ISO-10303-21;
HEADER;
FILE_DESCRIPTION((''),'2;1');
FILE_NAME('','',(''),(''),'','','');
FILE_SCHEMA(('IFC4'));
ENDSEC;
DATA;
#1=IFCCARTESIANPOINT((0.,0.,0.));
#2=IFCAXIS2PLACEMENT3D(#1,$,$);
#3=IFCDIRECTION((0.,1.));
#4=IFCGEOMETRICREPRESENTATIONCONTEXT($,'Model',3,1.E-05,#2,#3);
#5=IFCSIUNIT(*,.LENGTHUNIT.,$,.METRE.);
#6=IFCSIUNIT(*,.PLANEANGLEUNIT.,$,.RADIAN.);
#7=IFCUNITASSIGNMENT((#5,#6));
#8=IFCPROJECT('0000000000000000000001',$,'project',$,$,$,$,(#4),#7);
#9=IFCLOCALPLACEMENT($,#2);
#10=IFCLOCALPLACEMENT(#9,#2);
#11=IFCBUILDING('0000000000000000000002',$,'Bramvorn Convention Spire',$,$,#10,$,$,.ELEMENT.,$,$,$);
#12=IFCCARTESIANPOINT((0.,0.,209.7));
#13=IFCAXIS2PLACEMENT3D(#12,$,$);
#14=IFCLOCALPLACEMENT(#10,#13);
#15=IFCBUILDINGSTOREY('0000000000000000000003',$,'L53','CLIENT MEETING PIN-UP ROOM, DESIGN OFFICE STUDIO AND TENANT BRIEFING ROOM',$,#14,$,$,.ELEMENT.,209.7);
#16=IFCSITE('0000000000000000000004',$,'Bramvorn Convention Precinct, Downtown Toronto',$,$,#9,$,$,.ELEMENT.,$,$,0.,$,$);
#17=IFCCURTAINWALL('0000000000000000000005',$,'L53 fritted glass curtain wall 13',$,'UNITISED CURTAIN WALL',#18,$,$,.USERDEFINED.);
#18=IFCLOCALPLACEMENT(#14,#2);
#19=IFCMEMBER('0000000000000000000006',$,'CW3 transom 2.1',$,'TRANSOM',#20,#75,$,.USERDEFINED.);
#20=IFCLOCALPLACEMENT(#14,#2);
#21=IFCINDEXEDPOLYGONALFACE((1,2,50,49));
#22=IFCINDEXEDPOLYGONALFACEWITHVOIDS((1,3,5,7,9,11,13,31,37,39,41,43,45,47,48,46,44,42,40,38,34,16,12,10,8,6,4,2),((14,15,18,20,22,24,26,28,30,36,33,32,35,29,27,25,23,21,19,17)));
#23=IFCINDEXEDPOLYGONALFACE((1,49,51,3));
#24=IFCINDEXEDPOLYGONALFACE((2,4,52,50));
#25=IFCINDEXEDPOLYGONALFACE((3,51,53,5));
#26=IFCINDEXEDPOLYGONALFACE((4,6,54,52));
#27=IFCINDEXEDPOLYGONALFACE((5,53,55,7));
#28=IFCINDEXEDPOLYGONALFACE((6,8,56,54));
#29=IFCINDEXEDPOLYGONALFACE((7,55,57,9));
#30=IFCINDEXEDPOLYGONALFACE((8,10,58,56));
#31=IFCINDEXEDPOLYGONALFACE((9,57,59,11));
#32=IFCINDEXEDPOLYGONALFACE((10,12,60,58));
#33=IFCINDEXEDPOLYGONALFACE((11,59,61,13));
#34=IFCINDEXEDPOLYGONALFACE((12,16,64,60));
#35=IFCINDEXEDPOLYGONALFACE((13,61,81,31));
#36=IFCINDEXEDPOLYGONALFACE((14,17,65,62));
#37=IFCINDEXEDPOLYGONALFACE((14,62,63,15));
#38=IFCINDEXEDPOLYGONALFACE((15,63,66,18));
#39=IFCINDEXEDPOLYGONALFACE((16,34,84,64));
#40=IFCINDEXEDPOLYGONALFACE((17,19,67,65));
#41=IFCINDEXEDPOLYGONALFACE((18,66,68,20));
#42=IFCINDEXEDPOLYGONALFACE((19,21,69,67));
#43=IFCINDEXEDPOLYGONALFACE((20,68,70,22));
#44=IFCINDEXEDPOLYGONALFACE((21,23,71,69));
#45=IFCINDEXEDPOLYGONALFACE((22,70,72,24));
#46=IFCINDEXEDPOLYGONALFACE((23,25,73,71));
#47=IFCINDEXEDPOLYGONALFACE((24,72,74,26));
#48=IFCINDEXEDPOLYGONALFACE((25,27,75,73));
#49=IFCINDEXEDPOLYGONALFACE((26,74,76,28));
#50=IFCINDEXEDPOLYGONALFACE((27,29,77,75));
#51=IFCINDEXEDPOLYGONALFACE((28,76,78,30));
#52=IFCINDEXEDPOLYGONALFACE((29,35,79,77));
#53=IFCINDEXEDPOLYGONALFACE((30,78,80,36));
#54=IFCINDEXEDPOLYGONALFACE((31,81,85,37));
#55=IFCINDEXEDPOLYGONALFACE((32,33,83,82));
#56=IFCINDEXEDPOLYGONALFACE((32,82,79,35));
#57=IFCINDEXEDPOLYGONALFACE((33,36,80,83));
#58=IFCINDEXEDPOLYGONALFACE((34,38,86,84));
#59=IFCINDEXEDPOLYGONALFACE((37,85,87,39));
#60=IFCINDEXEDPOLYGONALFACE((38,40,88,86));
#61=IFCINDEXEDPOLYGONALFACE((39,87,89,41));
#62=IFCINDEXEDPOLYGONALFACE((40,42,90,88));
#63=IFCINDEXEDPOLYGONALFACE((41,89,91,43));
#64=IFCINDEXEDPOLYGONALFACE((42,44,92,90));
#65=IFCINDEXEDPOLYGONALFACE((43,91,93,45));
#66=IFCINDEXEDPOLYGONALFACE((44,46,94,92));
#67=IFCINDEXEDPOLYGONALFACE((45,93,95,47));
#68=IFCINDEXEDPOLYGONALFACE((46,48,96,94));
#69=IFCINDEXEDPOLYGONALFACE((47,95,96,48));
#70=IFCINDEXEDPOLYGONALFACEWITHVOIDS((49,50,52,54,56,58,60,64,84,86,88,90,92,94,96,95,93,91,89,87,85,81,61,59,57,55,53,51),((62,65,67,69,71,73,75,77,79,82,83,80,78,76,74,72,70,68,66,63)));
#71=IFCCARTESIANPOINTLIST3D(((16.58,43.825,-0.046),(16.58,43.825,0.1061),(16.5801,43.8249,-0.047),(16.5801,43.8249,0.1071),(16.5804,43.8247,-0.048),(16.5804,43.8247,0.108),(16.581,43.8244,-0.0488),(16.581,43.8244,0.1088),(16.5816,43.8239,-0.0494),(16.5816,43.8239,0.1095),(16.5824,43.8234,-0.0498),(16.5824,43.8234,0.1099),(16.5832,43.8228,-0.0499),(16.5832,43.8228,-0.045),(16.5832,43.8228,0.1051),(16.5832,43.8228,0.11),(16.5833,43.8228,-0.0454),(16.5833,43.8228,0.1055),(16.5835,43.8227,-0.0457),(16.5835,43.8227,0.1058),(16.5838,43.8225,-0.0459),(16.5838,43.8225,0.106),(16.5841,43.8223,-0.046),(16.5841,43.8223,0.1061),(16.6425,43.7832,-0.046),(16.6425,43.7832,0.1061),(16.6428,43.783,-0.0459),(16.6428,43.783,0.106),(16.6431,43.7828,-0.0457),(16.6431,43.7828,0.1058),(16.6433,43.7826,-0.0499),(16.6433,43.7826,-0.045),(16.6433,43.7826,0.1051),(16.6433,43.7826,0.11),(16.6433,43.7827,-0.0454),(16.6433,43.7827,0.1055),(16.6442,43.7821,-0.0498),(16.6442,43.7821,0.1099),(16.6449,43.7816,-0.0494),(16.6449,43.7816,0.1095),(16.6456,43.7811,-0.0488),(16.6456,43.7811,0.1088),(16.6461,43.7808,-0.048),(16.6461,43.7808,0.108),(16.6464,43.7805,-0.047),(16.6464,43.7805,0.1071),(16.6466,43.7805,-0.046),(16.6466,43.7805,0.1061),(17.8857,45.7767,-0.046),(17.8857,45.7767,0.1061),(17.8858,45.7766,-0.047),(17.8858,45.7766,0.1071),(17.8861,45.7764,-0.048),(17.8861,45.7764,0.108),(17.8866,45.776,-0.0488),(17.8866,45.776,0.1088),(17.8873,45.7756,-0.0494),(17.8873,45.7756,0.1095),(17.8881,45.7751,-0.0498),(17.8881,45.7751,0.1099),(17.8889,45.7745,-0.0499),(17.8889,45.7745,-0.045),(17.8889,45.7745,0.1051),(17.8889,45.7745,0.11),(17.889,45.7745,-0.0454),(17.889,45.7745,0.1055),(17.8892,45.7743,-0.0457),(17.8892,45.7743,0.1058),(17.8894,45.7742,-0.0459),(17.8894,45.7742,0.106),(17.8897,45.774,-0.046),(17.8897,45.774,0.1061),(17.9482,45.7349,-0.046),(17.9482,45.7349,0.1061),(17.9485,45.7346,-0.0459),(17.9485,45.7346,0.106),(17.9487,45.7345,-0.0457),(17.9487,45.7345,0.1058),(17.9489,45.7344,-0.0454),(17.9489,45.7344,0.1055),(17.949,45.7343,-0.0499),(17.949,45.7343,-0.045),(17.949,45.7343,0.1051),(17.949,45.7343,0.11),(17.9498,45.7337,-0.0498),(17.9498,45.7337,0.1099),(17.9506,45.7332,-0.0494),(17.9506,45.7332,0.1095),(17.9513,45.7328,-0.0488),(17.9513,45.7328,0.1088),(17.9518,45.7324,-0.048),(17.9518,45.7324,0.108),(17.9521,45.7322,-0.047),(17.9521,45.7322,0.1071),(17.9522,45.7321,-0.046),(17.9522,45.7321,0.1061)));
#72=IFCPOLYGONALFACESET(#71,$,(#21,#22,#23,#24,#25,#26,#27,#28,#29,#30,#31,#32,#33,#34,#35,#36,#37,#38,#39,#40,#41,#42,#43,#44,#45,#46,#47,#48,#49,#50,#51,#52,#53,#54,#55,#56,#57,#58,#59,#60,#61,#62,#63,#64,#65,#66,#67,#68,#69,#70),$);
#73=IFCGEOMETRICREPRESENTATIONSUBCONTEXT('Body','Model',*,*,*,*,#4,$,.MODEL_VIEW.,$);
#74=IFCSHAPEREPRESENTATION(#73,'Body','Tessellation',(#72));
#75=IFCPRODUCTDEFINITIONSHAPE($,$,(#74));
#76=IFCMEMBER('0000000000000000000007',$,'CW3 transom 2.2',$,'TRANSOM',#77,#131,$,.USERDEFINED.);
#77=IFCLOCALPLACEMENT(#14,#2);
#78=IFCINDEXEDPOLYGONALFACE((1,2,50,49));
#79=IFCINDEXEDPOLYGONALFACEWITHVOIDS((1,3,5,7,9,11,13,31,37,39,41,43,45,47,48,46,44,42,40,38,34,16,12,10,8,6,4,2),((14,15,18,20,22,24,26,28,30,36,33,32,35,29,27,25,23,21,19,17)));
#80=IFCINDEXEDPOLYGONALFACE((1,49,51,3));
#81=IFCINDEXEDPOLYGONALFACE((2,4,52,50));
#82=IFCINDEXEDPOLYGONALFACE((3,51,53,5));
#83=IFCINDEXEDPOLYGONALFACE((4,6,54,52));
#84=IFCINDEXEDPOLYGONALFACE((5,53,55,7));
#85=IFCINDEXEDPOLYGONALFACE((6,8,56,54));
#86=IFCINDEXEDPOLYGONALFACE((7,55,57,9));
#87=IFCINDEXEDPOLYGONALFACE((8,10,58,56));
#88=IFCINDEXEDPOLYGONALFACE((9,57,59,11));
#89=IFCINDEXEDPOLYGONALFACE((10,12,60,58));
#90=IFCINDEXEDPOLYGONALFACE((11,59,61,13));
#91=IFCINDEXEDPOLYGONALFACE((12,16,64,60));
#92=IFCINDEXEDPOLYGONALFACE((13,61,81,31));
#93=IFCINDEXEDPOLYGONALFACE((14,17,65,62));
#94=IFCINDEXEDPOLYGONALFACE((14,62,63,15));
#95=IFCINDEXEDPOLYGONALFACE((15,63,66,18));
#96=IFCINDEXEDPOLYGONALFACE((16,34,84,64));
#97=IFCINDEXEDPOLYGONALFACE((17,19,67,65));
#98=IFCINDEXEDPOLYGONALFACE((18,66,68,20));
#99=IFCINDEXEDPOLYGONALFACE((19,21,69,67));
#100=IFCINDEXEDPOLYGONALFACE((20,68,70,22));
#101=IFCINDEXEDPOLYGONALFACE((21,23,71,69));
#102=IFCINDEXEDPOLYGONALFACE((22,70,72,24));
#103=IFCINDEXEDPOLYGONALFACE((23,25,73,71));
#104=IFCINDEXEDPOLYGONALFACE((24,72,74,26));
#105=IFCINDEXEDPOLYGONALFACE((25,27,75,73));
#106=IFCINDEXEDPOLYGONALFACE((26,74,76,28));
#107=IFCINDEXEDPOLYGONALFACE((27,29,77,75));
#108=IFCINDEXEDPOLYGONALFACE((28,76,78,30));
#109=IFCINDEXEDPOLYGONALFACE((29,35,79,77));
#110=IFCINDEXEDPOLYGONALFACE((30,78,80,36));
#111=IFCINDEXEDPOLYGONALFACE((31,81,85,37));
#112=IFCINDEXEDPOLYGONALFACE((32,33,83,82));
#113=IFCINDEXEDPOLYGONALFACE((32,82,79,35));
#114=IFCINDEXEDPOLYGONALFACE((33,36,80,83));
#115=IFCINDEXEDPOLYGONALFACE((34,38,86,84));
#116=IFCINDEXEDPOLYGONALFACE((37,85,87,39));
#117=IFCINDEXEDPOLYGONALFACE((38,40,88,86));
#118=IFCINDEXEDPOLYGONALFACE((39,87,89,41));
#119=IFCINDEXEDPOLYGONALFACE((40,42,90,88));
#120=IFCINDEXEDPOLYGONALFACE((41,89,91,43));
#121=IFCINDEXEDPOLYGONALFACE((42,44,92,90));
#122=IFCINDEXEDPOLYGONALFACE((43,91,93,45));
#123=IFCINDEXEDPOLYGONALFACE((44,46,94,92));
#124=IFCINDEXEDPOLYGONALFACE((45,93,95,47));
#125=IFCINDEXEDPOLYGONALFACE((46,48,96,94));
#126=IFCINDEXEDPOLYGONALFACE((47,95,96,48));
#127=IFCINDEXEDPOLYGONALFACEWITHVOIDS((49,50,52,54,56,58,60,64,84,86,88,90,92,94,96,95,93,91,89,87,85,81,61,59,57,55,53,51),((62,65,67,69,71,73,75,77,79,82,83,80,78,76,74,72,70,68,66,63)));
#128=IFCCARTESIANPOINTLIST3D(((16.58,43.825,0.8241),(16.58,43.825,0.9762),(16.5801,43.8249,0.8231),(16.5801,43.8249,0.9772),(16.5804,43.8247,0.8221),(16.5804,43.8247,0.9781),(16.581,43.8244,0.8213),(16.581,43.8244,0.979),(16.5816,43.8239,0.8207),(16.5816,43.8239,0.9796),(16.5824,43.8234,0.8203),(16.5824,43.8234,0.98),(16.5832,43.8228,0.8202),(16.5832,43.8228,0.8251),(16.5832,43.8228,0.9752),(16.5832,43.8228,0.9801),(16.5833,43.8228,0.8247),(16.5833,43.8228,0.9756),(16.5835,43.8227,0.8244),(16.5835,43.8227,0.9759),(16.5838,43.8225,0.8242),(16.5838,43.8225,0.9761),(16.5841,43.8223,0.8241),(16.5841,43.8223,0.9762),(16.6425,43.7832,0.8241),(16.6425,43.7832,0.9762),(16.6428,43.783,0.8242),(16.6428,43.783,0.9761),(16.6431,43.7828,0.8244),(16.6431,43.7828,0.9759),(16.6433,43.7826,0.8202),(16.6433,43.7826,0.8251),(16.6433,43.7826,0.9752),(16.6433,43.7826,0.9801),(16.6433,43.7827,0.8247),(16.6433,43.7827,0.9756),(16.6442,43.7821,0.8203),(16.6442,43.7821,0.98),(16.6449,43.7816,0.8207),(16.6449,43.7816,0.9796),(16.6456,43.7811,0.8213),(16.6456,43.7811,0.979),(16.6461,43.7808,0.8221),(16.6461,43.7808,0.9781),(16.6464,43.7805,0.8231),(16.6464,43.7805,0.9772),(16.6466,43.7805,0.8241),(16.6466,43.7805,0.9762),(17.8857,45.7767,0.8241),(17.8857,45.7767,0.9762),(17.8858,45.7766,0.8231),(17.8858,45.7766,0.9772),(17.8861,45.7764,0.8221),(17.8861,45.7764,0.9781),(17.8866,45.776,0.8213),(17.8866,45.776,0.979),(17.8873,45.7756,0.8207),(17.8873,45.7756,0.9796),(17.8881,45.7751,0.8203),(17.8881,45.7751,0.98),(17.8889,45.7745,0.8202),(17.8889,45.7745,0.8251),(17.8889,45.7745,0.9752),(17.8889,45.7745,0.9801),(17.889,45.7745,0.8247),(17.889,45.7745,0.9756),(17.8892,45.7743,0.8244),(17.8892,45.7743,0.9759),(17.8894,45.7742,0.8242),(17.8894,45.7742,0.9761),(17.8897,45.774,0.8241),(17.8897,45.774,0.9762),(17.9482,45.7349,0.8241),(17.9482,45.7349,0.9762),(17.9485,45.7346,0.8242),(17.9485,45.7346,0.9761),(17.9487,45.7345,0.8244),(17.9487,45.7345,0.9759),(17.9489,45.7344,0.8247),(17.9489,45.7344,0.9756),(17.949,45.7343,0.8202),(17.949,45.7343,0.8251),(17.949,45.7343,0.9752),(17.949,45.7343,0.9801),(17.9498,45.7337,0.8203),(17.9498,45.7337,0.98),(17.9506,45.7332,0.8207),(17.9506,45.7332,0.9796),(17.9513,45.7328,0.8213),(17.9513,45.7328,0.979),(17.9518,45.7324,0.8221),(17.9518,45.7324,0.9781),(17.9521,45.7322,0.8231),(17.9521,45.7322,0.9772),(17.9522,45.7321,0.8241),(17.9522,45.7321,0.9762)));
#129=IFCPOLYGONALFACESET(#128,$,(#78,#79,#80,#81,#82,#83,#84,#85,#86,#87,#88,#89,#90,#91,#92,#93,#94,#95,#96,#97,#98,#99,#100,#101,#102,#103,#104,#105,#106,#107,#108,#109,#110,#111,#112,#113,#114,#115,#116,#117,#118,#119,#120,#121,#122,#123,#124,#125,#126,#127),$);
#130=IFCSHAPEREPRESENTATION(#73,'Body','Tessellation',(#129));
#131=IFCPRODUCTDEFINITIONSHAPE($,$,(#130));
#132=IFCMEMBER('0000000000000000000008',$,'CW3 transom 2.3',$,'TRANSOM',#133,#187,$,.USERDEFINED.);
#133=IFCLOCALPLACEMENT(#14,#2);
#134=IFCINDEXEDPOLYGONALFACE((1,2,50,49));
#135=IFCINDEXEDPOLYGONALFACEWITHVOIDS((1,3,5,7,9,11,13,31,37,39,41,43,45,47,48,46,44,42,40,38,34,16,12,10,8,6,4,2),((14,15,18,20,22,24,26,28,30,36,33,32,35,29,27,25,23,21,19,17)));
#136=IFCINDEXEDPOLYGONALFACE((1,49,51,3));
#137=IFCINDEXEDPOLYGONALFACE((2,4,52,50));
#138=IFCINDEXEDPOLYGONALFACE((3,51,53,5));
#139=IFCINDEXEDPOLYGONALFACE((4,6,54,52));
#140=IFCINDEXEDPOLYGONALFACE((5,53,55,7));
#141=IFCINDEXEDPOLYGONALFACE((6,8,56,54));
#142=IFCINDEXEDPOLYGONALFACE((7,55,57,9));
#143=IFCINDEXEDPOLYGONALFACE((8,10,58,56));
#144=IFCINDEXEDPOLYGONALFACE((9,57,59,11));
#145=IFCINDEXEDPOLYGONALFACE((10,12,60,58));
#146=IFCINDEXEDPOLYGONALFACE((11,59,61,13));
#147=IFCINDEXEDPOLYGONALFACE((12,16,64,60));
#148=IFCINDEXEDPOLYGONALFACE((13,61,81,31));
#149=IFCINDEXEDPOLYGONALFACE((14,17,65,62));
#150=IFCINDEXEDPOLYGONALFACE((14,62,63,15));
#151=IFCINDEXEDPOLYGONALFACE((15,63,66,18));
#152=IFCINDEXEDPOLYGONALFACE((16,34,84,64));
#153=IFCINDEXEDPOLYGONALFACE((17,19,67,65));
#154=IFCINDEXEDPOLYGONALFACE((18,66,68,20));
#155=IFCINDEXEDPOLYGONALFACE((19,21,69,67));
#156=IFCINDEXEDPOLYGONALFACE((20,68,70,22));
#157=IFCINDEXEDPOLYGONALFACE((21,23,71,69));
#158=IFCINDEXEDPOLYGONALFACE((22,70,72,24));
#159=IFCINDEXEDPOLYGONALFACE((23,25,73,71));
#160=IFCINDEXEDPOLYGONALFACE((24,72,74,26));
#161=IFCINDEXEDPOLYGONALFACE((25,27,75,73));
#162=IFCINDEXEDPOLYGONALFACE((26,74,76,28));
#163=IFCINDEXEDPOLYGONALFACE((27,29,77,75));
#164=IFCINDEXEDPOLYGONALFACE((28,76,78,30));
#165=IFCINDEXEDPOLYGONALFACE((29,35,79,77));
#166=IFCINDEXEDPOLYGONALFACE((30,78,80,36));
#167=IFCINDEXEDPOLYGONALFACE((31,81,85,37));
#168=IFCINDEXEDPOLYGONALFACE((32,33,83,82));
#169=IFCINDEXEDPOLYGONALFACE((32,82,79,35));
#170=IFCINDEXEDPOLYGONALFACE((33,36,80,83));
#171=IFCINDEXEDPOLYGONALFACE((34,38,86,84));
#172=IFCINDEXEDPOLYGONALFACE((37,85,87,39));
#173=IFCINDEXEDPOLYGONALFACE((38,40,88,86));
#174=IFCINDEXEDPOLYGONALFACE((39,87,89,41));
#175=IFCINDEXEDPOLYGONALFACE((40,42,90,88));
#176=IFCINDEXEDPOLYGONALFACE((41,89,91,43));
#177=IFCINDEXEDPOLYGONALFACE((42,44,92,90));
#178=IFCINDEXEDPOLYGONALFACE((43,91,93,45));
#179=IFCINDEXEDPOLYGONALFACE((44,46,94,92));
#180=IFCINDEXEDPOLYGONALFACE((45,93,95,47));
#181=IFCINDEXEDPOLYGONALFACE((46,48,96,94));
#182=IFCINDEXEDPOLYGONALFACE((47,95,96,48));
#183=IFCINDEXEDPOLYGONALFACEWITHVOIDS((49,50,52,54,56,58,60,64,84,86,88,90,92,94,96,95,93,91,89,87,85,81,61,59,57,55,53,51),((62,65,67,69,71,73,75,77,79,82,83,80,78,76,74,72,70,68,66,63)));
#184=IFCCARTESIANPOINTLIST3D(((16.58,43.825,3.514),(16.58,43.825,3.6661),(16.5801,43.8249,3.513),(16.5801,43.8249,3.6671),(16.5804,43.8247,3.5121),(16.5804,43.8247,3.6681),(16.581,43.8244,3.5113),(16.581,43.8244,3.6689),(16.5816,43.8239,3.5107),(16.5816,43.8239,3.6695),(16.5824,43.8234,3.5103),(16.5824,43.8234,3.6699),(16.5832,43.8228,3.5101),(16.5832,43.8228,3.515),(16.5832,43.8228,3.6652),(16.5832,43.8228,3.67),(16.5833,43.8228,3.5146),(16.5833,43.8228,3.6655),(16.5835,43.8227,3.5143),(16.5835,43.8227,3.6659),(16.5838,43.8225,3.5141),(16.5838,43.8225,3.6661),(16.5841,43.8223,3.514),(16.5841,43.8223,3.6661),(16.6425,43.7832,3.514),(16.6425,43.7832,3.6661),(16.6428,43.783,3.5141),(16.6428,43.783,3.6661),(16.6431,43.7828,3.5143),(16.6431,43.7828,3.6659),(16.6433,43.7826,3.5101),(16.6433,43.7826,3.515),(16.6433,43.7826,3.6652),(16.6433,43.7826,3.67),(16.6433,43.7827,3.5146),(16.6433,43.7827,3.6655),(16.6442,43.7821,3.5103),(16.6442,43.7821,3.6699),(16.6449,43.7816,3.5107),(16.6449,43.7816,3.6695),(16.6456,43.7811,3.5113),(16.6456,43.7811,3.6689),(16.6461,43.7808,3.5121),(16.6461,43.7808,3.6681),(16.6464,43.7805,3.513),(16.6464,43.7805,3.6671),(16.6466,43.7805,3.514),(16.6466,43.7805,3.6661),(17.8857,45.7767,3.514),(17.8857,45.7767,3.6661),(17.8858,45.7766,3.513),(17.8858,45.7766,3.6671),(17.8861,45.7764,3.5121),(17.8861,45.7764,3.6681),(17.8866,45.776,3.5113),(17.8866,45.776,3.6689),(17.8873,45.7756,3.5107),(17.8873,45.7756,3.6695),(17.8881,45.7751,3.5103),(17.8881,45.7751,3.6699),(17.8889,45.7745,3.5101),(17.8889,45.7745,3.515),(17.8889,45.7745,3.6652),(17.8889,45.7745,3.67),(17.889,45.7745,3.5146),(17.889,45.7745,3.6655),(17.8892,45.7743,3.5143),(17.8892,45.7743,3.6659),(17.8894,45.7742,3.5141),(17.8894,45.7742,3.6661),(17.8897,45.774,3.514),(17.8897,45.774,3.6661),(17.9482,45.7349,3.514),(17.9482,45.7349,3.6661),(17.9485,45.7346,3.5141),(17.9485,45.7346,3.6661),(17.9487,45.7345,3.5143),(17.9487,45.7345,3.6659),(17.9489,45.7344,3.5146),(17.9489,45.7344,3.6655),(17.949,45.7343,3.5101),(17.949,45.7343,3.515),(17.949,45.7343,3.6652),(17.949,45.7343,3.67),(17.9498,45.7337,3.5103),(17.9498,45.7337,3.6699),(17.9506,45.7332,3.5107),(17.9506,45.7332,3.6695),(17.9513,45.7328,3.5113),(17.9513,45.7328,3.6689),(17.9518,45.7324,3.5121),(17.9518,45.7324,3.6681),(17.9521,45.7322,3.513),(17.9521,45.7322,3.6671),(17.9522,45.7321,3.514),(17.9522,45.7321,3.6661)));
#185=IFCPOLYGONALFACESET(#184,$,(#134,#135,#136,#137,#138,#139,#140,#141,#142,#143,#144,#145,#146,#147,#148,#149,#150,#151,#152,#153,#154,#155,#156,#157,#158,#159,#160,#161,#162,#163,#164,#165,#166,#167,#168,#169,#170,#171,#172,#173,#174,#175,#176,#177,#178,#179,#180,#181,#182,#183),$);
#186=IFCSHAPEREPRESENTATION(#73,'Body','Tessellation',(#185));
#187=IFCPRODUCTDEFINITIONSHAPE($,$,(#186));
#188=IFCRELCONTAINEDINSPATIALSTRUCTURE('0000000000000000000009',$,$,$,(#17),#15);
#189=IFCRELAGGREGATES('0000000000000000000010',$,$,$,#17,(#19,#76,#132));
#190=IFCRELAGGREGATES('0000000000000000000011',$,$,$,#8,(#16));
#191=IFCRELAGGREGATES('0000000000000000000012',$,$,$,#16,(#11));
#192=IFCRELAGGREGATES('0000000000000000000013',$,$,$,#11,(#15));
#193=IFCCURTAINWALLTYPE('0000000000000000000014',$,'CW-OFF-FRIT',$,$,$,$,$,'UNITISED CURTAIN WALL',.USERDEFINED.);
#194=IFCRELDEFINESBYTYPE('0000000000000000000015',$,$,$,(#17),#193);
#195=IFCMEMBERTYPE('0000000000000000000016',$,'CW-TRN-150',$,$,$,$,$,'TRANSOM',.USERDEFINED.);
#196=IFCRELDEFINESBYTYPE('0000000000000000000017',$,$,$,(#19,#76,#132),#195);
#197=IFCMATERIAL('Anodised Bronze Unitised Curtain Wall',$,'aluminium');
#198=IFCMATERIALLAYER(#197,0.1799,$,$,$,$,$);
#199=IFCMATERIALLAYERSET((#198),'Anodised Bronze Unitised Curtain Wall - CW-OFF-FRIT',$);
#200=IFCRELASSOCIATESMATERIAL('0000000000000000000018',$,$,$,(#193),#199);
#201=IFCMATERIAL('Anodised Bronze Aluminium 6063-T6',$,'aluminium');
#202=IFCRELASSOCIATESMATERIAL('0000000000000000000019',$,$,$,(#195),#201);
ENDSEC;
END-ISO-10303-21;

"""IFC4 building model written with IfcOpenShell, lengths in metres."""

from ifc_helpers import new_model, si_unit, direction, frame, origin, origin_2d, place, context, subcontext, project, spatial, hollow_rectangle, extrude, material, layer, layer_set, material_profile, profile_set, type_object, element, aggregate, save


model = new_model("IFC4")

# Units and contexts
model_context = context("Model", 3, precision=1e-05, world=origin(), true_north=direction((0.0, 1.0)))
body_context = subcontext(model_context, "Body", "Model", "MODEL_VIEW")
ifc_project = project(units=[si_unit("LENGTHUNIT", "METRE"), si_unit("PLANEANGLEUNIT", "RADIAN")], contexts=[model_context])

# Site, building, storey
site_placement = place(None, origin())
site = spatial("IfcSite", under=ifc_project, at=site_placement, Name="Bramvorn Convention Precinct, Downtown Toronto", CompositionType="ELEMENT", RefElevation=0.0)
building_placement = place(site_placement, origin())
building = spatial("IfcBuilding", under=site, at=building_placement, Name="Bramvorn Convention Spire", CompositionType="ELEMENT")
storey_placement = place(building_placement, frame((0.0, 0.0, 209.7)))
storey = spatial("IfcBuildingStorey", under=building, at=storey_placement, Name="L53", Description="CLIENT MEETING PIN-UP ROOM, DESIGN OFFICE STUDIO AND TENANT BRIEFING ROOM", CompositionType="ELEMENT", Elevation=209.7)

# Curtain wall
ifc_material_1 = material(Name="Anodised Bronze Unitised Curtain Wall", Category="aluminium")
ifc_layer_1 = layer(ifc_material_1, 0.1799)
ifc_layer_set_1 = layer_set([ifc_layer_1], Name="Anodised Bronze Unitised Curtain Wall - CW-OFF-FRIT")
curtain_wall_type = type_object("IfcCurtainWallType", Name="CW-OFF-FRIT", ElementType="UNITISED CURTAIN WALL", PredefinedType="USERDEFINED", material=ifc_layer_set_1)
ifc_material_2 = material(Name="Anodised Bronze Aluminium 6063-T6", Category="aluminium")
curtain_wall_1_placement = place(storey_placement, origin())
curtain_wall_1 = element("IfcCurtainWall", 1, at=curtain_wall_1_placement, inside=storey, type_object=curtain_wall_type, Name="L53 fritted glass curtain wall 13", ObjectType="UNITISED CURTAIN WALL", PredefinedType="USERDEFINED")

# Members
ifc_material_profile_1 = material_profile(ifc_material_2, hollow_rectangle(XDim=0.0801, YDim=0.1599, WallThickness=0.0039, InnerFilletRadius=0.001, OuterFilletRadius=0.0039, at=origin_2d()))
ifc_profile_set_1 = profile_set([ifc_material_profile_1], Name="Anodised Bronze Aluminium 6063-T6 - CWT80X160")
member_type_1 = type_object("IfcMemberType", Name="CW-TRN-150", ElementType="TRANSOM", PredefinedType="USERDEFINED", material=ifc_profile_set_1)
member_1_placement = place(storey_placement, frame((16.6133, 43.8027, 0.03), z_axis=(0.556043, 0.831153, 0.0), x_axis=(-0.831153, 0.556043, 0.0)))
member_1 = element("IfcMember", 2, at=member_1_placement, type_object=member_type_1, Name="CW3 transom 2.1", ObjectType="TRANSOM", PredefinedType="USERDEFINED", context=body_context, shape_type="SweptSolid", body=[
    extrude(hollow_rectangle(XDim=0.0801, YDim=0.1599, WallThickness=0.0039, InnerFilletRadius=0.001, OuterFilletRadius=0.0039, at=origin_2d()), origin(), (0.0, 0.0, 1.0), 2.3481),
])
member_2_placement = place(storey_placement, frame((16.6133, 43.8027, 0.9001), z_axis=(0.556043, 0.831153, 0.0), x_axis=(-0.831153, 0.556043, 0.0)))
member_2 = element("IfcMember", 3, at=member_2_placement, type_object=member_type_1, Name="CW3 transom 2.2", ObjectType="TRANSOM", PredefinedType="USERDEFINED", context=body_context, shape_type="SweptSolid", body=[
    extrude(hollow_rectangle(XDim=0.0801, YDim=0.1599, WallThickness=0.0039, InnerFilletRadius=0.001, OuterFilletRadius=0.0039, at=origin_2d()), origin(), (0.0, 0.0, 1.0), 2.3481),
])
member_3_placement = place(storey_placement, frame((16.6133, 43.8027, 3.5901), z_axis=(0.556043, 0.831153, 0.0), x_axis=(-0.831153, 0.556043, 0.0)))
member_3 = element("IfcMember", 4, at=member_3_placement, type_object=member_type_1, Name="CW3 transom 2.3", ObjectType="TRANSOM", PredefinedType="USERDEFINED", context=body_context, shape_type="SweptSolid", body=[
    extrude(hollow_rectangle(XDim=0.0801, YDim=0.1599, WallThickness=0.0039, InnerFilletRadius=0.001, OuterFilletRadius=0.0039, at=origin_2d()), origin(), (0.0, 0.0, 1.0), 2.3481),
])

aggregate(curtain_wall_1, [member_1, member_2, member_3])

save(model, "model.ifc")
